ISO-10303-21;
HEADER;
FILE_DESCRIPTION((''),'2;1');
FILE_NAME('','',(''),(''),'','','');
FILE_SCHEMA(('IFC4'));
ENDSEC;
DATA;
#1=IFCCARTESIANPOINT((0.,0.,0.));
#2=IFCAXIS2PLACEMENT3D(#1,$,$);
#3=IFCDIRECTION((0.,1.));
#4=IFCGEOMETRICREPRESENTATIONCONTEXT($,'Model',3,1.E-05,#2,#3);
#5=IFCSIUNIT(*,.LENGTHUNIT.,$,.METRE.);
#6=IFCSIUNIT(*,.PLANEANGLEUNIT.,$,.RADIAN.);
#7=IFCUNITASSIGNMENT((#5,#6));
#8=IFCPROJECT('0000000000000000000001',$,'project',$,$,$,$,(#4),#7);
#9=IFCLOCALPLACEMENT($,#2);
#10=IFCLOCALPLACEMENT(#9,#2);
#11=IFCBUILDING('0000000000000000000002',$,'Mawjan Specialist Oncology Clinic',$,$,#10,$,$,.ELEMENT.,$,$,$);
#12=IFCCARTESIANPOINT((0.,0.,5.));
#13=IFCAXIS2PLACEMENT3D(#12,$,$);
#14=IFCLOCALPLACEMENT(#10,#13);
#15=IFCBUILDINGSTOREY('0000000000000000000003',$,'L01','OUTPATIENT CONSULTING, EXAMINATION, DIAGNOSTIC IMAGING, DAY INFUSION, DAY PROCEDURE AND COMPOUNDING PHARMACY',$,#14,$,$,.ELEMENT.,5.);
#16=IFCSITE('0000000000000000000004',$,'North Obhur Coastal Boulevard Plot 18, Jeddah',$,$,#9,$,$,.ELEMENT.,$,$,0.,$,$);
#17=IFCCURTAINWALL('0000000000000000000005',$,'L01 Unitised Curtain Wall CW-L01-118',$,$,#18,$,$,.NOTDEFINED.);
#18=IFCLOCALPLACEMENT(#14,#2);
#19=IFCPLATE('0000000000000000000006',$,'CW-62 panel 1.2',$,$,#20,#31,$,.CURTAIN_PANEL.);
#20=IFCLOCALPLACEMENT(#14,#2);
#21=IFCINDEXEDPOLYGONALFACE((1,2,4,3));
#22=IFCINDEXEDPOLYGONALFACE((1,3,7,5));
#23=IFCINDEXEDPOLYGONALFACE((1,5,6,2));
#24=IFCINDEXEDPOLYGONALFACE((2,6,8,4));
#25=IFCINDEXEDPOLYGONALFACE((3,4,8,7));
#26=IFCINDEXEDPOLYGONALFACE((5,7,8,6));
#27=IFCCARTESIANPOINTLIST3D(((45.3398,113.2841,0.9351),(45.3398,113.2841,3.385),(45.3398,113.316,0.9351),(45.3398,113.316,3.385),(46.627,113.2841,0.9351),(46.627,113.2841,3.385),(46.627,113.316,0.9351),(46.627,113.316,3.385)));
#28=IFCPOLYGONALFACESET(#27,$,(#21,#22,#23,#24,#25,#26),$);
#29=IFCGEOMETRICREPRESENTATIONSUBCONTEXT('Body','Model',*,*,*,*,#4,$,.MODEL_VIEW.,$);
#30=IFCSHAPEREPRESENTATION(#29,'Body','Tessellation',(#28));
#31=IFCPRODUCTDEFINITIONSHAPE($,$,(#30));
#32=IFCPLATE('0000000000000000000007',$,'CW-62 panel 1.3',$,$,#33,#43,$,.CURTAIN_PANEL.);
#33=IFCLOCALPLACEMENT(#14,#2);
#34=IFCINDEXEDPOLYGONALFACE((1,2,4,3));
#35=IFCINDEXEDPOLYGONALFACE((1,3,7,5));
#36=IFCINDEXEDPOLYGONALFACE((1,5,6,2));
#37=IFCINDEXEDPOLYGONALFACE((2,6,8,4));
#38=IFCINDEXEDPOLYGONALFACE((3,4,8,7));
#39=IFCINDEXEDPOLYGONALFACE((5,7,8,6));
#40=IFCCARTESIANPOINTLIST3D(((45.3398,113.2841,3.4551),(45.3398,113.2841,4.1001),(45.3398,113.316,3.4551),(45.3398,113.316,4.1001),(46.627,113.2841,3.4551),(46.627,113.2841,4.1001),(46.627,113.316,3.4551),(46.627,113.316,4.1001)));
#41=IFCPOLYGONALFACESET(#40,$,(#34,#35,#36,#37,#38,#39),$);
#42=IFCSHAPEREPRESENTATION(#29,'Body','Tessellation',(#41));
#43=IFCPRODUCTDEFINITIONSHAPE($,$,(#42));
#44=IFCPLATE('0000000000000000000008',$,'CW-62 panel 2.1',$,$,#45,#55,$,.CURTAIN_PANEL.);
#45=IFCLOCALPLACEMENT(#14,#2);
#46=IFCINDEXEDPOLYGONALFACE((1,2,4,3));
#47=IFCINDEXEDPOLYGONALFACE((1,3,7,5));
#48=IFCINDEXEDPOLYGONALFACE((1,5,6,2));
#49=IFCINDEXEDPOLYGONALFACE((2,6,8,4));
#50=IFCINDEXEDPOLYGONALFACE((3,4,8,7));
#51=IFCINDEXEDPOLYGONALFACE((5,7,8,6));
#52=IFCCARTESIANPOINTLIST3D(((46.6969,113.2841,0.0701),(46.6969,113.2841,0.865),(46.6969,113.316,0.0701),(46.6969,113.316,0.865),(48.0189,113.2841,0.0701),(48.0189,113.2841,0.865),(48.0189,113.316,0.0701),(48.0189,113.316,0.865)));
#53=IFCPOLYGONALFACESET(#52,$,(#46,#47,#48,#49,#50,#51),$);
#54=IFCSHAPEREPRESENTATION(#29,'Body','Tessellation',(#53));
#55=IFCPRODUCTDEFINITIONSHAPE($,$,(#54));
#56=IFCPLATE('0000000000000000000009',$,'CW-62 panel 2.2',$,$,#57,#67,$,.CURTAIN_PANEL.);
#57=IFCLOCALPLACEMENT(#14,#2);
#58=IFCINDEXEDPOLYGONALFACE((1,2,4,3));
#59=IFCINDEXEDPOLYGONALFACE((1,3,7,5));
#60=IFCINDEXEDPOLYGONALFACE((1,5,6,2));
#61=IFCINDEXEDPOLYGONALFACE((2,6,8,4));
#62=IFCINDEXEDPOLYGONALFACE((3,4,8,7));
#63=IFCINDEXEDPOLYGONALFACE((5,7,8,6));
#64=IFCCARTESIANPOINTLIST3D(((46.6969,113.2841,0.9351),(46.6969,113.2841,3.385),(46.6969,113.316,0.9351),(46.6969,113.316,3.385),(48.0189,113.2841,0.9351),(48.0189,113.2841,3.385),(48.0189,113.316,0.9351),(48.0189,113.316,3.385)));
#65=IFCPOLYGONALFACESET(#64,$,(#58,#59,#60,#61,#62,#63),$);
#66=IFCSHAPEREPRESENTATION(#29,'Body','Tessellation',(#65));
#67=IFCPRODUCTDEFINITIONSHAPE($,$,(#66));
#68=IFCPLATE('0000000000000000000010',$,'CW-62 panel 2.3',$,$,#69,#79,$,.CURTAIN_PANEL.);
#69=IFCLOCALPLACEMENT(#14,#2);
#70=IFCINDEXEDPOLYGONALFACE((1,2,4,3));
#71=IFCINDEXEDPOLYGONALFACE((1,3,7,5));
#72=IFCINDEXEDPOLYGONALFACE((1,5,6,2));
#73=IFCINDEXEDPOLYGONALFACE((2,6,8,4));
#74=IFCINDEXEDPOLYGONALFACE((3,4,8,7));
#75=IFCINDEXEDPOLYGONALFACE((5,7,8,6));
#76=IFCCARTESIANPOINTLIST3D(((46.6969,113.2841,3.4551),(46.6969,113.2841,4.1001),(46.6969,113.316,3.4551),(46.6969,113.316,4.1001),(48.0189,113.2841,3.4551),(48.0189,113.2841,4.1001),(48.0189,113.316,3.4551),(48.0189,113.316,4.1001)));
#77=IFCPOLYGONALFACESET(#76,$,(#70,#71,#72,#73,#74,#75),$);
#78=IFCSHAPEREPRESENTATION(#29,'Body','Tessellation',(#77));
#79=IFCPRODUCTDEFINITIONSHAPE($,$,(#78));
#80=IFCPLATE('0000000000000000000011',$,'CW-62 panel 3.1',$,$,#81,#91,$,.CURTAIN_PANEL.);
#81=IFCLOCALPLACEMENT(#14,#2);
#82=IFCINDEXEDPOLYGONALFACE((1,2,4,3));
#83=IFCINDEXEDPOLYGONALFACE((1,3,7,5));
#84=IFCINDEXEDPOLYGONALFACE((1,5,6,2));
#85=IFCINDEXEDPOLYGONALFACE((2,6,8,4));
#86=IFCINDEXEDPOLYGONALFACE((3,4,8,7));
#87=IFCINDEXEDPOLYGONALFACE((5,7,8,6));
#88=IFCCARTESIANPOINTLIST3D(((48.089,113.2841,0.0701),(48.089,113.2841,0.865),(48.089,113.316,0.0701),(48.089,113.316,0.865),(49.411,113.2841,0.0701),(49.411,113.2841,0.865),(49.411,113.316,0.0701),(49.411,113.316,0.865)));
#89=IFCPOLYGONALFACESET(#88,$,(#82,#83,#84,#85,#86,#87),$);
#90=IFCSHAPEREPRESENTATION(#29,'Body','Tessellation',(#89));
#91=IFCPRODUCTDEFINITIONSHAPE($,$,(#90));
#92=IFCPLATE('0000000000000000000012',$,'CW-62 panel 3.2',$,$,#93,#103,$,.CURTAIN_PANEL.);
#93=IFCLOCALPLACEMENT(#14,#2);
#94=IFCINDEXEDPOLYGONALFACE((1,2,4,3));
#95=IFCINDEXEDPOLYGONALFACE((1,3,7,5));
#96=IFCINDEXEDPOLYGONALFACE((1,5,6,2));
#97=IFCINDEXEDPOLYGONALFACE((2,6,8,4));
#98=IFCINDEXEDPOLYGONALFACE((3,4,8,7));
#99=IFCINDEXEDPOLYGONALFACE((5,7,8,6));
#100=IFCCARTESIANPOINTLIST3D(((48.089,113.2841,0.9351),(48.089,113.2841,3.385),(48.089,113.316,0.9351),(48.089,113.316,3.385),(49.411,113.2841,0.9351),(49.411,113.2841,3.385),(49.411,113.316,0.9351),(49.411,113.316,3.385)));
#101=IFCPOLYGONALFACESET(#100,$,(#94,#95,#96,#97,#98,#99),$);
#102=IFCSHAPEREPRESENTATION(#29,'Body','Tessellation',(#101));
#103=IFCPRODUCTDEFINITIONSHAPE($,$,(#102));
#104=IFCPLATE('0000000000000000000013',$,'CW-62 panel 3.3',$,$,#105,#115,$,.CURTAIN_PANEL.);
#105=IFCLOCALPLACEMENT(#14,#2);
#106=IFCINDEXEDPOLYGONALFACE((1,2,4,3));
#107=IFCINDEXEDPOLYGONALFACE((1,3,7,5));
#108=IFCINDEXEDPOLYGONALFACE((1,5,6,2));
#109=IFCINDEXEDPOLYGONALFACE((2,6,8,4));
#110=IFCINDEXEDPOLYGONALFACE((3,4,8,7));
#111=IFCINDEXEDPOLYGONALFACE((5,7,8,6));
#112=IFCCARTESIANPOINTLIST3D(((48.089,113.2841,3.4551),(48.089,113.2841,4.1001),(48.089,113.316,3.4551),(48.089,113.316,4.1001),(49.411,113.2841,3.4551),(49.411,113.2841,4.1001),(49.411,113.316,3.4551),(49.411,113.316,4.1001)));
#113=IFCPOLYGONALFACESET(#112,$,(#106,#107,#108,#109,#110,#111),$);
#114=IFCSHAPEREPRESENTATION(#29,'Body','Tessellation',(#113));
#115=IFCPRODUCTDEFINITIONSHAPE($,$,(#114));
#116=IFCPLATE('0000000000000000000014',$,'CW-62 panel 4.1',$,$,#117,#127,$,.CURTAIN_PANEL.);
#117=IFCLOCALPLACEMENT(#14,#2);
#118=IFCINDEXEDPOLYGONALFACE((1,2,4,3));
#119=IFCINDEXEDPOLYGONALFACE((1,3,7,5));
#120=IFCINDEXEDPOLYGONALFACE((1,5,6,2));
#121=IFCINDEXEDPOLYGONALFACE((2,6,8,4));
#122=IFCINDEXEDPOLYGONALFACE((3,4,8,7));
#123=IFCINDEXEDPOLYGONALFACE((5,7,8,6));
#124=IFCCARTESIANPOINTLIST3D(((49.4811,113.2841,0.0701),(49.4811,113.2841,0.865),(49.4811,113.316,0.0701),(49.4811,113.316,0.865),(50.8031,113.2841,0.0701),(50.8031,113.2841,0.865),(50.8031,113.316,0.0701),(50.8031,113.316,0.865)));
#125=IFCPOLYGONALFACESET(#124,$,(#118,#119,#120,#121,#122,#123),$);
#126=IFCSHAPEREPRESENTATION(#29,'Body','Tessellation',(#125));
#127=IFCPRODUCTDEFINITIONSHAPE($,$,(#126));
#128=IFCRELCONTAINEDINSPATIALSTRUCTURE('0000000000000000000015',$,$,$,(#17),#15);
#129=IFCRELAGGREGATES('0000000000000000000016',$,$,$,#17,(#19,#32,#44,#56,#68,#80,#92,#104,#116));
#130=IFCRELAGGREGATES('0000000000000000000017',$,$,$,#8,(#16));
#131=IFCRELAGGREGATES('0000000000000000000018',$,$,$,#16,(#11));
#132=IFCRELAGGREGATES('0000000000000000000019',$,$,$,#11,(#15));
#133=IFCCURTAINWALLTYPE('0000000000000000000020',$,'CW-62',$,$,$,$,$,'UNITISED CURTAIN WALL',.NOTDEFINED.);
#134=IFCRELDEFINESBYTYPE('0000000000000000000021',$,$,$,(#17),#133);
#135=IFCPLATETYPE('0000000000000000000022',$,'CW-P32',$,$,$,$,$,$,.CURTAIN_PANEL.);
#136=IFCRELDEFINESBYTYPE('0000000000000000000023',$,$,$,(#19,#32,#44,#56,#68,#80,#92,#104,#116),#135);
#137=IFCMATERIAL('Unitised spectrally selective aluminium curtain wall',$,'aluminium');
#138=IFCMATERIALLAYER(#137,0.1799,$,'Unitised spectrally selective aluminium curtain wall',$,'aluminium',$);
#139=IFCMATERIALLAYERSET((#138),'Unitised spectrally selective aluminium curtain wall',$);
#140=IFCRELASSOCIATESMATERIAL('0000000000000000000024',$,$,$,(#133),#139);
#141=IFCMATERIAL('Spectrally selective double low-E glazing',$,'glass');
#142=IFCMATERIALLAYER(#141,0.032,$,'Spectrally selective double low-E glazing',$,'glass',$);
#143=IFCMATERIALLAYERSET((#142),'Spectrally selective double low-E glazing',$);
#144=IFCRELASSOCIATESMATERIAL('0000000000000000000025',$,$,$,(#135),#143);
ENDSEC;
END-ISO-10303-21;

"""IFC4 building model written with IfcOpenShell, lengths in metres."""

from ifc_helpers import new_model, si_unit, direction, frame, origin, origin_2d, place, context, subcontext, project, spatial, rectangle, extrude, material, layer, layer_set, type_object, element, aggregate, save


model = new_model("IFC4")

# Units and contexts
model_context = context("Model", 3, precision=1e-05, world=origin(), true_north=direction((0.0, 1.0)))
body_context = subcontext(model_context, "Body", "Model", "MODEL_VIEW")
ifc_project = project(units=[si_unit("LENGTHUNIT", "METRE"), si_unit("PLANEANGLEUNIT", "RADIAN")], contexts=[model_context])

# Site, building, storey
site_placement = place(None, origin())
site = spatial("IfcSite", under=ifc_project, at=site_placement, Name="North Obhur Coastal Boulevard Plot 18, Jeddah", CompositionType="ELEMENT", RefElevation=0.0)
building_placement = place(site_placement, origin())
building = spatial("IfcBuilding", under=site, at=building_placement, Name="Mawjan Specialist Oncology Clinic", CompositionType="ELEMENT")
storey_placement = place(building_placement, frame((0.0, 0.0, 5.0)))
storey = spatial("IfcBuildingStorey", under=building, at=storey_placement, Name="L01", Description="OUTPATIENT CONSULTING, EXAMINATION, DIAGNOSTIC IMAGING, DAY INFUSION, DAY PROCEDURE AND COMPOUNDING PHARMACY", CompositionType="ELEMENT", Elevation=5.0)

# Curtain wall
ifc_material_1 = material(Name="Unitised spectrally selective aluminium curtain wall", Category="aluminium")
ifc_layer_1 = layer(ifc_material_1, 0.1799, Name="Unitised spectrally selective aluminium curtain wall", Category="aluminium")
ifc_layer_set_1 = layer_set([ifc_layer_1], Name="Unitised spectrally selective aluminium curtain wall")
curtain_wall_type = type_object("IfcCurtainWallType", Name="CW-62", ElementType="UNITISED CURTAIN WALL", PredefinedType="NOTDEFINED", material=ifc_layer_set_1)
curtain_wall_placement = place(storey_placement, origin())
curtain_wall = element("IfcCurtainWall", 1, at=curtain_wall_placement, inside=storey, type_object=curtain_wall_type, Name="L01 Unitised Curtain Wall CW-L01-118", PredefinedType="NOTDEFINED")

# Plates
ifc_material_2 = material(Name="Spectrally selective double low-E glazing", Category="glass")
ifc_layer_2 = layer(ifc_material_2, 0.032, Name="Spectrally selective double low-E glazing", Category="glass")
ifc_layer_set_2 = layer_set([ifc_layer_2], Name="Spectrally selective double low-E glazing")
plate_type = type_object("IfcPlateType", Name="CW-P32", PredefinedType="CURTAIN_PANEL", material=ifc_layer_set_2)
plate_1_placement = place(storey_placement, frame((45.9834, 113.3, 0.9351), z_axis=(0.0, 0.0, 1.0), x_axis=(1.0, 0.0, 0.0)))
plate_1 = element("IfcPlate", 2, at=plate_1_placement, type_object=plate_type, Name="CW-62 panel 1.2", PredefinedType="CURTAIN_PANEL", context=body_context, shape_type="SweptSolid", body=[
    extrude(rectangle(XDim=1.2871, YDim=0.032, at=origin_2d()), origin(), (0.0, 0.0, 1.0), 2.45),
])
plate_2_placement = place(storey_placement, frame((45.9834, 113.3, 3.4551), z_axis=(0.0, 0.0, 1.0), x_axis=(1.0, 0.0, 0.0)))
plate_2 = element("IfcPlate", 3, at=plate_2_placement, type_object=plate_type, Name="CW-62 panel 1.3", PredefinedType="CURTAIN_PANEL", context=body_context, shape_type="SweptSolid", body=[
    extrude(rectangle(XDim=1.2871, YDim=0.032, at=origin_2d()), origin(), (0.0, 0.0, 1.0), 0.645),
])
plate_3_placement = place(storey_placement, frame((47.3579, 113.3, 0.0701), z_axis=(0.0, 0.0, 1.0), x_axis=(1.0, 0.0, 0.0)))
plate_3 = element("IfcPlate", 4, at=plate_3_placement, type_object=plate_type, Name="CW-62 panel 2.1", PredefinedType="CURTAIN_PANEL", context=body_context, shape_type="SweptSolid", body=[
    extrude(rectangle(XDim=1.322, YDim=0.032, at=origin_2d()), origin(), (0.0, 0.0, 1.0), 0.7949),
])
plate_4_placement = place(storey_placement, frame((47.3579, 113.3, 0.9351), z_axis=(0.0, 0.0, 1.0), x_axis=(1.0, 0.0, 0.0)))
plate_4 = element("IfcPlate", 5, at=plate_4_placement, type_object=plate_type, Name="CW-62 panel 2.2", PredefinedType="CURTAIN_PANEL", context=body_context, shape_type="SweptSolid", body=[
    extrude(rectangle(XDim=1.322, YDim=0.032, at=origin_2d()), origin(), (0.0, 0.0, 1.0), 2.45),
])
plate_5_placement = place(storey_placement, frame((47.3579, 113.3, 3.4551), z_axis=(0.0, 0.0, 1.0), x_axis=(1.0, 0.0, 0.0)))
plate_5 = element("IfcPlate", 6, at=plate_5_placement, type_object=plate_type, Name="CW-62 panel 2.3", PredefinedType="CURTAIN_PANEL", context=body_context, shape_type="SweptSolid", body=[
    extrude(rectangle(XDim=1.322, YDim=0.032, at=origin_2d()), origin(), (0.0, 0.0, 1.0), 0.645),
])
plate_6_placement = place(storey_placement, frame((48.75, 113.3, 0.0701), z_axis=(0.0, 0.0, 1.0), x_axis=(1.0, 0.0, 0.0)))
plate_6 = element("IfcPlate", 7, at=plate_6_placement, type_object=plate_type, Name="CW-62 panel 3.1", PredefinedType="CURTAIN_PANEL", context=body_context, shape_type="SweptSolid", body=[
    extrude(rectangle(XDim=1.322, YDim=0.032, at=origin_2d()), origin(), (0.0, 0.0, 1.0), 0.7949),
])
plate_7_placement = place(storey_placement, frame((48.75, 113.3, 0.9351), z_axis=(0.0, 0.0, 1.0), x_axis=(1.0, 0.0, 0.0)))
plate_7 = element("IfcPlate", 8, at=plate_7_placement, type_object=plate_type, Name="CW-62 panel 3.2", PredefinedType="CURTAIN_PANEL", context=body_context, shape_type="SweptSolid", body=[
    extrude(rectangle(XDim=1.322, YDim=0.032, at=origin_2d()), origin(), (0.0, 0.0, 1.0), 2.45),
])
plate_8_placement = place(storey_placement, frame((48.75, 113.3, 3.4551), z_axis=(0.0, 0.0, 1.0), x_axis=(1.0, 0.0, 0.0)))
plate_8 = element("IfcPlate", 9, at=plate_8_placement, type_object=plate_type, Name="CW-62 panel 3.3", PredefinedType="CURTAIN_PANEL", context=body_context, shape_type="SweptSolid", body=[
    extrude(rectangle(XDim=1.322, YDim=0.032, at=origin_2d()), origin(), (0.0, 0.0, 1.0), 0.645),
])
plate_9_placement = place(storey_placement, frame((50.1421, 113.3, 0.0701), z_axis=(0.0, 0.0, 1.0), x_axis=(1.0, 0.0, 0.0)))
plate_9 = element("IfcPlate", 10, at=plate_9_placement, type_object=plate_type, Name="CW-62 panel 4.1", PredefinedType="CURTAIN_PANEL", context=body_context, shape_type="SweptSolid", body=[
    extrude(rectangle(XDim=1.322, YDim=0.032, at=origin_2d()), origin(), (0.0, 0.0, 1.0), 0.7949),
])
aggregate(curtain_wall, [plate_1, plate_2, plate_3, plate_4, plate_5, plate_6, plate_7, plate_8, plate_9])

save(model, "model.ifc")
